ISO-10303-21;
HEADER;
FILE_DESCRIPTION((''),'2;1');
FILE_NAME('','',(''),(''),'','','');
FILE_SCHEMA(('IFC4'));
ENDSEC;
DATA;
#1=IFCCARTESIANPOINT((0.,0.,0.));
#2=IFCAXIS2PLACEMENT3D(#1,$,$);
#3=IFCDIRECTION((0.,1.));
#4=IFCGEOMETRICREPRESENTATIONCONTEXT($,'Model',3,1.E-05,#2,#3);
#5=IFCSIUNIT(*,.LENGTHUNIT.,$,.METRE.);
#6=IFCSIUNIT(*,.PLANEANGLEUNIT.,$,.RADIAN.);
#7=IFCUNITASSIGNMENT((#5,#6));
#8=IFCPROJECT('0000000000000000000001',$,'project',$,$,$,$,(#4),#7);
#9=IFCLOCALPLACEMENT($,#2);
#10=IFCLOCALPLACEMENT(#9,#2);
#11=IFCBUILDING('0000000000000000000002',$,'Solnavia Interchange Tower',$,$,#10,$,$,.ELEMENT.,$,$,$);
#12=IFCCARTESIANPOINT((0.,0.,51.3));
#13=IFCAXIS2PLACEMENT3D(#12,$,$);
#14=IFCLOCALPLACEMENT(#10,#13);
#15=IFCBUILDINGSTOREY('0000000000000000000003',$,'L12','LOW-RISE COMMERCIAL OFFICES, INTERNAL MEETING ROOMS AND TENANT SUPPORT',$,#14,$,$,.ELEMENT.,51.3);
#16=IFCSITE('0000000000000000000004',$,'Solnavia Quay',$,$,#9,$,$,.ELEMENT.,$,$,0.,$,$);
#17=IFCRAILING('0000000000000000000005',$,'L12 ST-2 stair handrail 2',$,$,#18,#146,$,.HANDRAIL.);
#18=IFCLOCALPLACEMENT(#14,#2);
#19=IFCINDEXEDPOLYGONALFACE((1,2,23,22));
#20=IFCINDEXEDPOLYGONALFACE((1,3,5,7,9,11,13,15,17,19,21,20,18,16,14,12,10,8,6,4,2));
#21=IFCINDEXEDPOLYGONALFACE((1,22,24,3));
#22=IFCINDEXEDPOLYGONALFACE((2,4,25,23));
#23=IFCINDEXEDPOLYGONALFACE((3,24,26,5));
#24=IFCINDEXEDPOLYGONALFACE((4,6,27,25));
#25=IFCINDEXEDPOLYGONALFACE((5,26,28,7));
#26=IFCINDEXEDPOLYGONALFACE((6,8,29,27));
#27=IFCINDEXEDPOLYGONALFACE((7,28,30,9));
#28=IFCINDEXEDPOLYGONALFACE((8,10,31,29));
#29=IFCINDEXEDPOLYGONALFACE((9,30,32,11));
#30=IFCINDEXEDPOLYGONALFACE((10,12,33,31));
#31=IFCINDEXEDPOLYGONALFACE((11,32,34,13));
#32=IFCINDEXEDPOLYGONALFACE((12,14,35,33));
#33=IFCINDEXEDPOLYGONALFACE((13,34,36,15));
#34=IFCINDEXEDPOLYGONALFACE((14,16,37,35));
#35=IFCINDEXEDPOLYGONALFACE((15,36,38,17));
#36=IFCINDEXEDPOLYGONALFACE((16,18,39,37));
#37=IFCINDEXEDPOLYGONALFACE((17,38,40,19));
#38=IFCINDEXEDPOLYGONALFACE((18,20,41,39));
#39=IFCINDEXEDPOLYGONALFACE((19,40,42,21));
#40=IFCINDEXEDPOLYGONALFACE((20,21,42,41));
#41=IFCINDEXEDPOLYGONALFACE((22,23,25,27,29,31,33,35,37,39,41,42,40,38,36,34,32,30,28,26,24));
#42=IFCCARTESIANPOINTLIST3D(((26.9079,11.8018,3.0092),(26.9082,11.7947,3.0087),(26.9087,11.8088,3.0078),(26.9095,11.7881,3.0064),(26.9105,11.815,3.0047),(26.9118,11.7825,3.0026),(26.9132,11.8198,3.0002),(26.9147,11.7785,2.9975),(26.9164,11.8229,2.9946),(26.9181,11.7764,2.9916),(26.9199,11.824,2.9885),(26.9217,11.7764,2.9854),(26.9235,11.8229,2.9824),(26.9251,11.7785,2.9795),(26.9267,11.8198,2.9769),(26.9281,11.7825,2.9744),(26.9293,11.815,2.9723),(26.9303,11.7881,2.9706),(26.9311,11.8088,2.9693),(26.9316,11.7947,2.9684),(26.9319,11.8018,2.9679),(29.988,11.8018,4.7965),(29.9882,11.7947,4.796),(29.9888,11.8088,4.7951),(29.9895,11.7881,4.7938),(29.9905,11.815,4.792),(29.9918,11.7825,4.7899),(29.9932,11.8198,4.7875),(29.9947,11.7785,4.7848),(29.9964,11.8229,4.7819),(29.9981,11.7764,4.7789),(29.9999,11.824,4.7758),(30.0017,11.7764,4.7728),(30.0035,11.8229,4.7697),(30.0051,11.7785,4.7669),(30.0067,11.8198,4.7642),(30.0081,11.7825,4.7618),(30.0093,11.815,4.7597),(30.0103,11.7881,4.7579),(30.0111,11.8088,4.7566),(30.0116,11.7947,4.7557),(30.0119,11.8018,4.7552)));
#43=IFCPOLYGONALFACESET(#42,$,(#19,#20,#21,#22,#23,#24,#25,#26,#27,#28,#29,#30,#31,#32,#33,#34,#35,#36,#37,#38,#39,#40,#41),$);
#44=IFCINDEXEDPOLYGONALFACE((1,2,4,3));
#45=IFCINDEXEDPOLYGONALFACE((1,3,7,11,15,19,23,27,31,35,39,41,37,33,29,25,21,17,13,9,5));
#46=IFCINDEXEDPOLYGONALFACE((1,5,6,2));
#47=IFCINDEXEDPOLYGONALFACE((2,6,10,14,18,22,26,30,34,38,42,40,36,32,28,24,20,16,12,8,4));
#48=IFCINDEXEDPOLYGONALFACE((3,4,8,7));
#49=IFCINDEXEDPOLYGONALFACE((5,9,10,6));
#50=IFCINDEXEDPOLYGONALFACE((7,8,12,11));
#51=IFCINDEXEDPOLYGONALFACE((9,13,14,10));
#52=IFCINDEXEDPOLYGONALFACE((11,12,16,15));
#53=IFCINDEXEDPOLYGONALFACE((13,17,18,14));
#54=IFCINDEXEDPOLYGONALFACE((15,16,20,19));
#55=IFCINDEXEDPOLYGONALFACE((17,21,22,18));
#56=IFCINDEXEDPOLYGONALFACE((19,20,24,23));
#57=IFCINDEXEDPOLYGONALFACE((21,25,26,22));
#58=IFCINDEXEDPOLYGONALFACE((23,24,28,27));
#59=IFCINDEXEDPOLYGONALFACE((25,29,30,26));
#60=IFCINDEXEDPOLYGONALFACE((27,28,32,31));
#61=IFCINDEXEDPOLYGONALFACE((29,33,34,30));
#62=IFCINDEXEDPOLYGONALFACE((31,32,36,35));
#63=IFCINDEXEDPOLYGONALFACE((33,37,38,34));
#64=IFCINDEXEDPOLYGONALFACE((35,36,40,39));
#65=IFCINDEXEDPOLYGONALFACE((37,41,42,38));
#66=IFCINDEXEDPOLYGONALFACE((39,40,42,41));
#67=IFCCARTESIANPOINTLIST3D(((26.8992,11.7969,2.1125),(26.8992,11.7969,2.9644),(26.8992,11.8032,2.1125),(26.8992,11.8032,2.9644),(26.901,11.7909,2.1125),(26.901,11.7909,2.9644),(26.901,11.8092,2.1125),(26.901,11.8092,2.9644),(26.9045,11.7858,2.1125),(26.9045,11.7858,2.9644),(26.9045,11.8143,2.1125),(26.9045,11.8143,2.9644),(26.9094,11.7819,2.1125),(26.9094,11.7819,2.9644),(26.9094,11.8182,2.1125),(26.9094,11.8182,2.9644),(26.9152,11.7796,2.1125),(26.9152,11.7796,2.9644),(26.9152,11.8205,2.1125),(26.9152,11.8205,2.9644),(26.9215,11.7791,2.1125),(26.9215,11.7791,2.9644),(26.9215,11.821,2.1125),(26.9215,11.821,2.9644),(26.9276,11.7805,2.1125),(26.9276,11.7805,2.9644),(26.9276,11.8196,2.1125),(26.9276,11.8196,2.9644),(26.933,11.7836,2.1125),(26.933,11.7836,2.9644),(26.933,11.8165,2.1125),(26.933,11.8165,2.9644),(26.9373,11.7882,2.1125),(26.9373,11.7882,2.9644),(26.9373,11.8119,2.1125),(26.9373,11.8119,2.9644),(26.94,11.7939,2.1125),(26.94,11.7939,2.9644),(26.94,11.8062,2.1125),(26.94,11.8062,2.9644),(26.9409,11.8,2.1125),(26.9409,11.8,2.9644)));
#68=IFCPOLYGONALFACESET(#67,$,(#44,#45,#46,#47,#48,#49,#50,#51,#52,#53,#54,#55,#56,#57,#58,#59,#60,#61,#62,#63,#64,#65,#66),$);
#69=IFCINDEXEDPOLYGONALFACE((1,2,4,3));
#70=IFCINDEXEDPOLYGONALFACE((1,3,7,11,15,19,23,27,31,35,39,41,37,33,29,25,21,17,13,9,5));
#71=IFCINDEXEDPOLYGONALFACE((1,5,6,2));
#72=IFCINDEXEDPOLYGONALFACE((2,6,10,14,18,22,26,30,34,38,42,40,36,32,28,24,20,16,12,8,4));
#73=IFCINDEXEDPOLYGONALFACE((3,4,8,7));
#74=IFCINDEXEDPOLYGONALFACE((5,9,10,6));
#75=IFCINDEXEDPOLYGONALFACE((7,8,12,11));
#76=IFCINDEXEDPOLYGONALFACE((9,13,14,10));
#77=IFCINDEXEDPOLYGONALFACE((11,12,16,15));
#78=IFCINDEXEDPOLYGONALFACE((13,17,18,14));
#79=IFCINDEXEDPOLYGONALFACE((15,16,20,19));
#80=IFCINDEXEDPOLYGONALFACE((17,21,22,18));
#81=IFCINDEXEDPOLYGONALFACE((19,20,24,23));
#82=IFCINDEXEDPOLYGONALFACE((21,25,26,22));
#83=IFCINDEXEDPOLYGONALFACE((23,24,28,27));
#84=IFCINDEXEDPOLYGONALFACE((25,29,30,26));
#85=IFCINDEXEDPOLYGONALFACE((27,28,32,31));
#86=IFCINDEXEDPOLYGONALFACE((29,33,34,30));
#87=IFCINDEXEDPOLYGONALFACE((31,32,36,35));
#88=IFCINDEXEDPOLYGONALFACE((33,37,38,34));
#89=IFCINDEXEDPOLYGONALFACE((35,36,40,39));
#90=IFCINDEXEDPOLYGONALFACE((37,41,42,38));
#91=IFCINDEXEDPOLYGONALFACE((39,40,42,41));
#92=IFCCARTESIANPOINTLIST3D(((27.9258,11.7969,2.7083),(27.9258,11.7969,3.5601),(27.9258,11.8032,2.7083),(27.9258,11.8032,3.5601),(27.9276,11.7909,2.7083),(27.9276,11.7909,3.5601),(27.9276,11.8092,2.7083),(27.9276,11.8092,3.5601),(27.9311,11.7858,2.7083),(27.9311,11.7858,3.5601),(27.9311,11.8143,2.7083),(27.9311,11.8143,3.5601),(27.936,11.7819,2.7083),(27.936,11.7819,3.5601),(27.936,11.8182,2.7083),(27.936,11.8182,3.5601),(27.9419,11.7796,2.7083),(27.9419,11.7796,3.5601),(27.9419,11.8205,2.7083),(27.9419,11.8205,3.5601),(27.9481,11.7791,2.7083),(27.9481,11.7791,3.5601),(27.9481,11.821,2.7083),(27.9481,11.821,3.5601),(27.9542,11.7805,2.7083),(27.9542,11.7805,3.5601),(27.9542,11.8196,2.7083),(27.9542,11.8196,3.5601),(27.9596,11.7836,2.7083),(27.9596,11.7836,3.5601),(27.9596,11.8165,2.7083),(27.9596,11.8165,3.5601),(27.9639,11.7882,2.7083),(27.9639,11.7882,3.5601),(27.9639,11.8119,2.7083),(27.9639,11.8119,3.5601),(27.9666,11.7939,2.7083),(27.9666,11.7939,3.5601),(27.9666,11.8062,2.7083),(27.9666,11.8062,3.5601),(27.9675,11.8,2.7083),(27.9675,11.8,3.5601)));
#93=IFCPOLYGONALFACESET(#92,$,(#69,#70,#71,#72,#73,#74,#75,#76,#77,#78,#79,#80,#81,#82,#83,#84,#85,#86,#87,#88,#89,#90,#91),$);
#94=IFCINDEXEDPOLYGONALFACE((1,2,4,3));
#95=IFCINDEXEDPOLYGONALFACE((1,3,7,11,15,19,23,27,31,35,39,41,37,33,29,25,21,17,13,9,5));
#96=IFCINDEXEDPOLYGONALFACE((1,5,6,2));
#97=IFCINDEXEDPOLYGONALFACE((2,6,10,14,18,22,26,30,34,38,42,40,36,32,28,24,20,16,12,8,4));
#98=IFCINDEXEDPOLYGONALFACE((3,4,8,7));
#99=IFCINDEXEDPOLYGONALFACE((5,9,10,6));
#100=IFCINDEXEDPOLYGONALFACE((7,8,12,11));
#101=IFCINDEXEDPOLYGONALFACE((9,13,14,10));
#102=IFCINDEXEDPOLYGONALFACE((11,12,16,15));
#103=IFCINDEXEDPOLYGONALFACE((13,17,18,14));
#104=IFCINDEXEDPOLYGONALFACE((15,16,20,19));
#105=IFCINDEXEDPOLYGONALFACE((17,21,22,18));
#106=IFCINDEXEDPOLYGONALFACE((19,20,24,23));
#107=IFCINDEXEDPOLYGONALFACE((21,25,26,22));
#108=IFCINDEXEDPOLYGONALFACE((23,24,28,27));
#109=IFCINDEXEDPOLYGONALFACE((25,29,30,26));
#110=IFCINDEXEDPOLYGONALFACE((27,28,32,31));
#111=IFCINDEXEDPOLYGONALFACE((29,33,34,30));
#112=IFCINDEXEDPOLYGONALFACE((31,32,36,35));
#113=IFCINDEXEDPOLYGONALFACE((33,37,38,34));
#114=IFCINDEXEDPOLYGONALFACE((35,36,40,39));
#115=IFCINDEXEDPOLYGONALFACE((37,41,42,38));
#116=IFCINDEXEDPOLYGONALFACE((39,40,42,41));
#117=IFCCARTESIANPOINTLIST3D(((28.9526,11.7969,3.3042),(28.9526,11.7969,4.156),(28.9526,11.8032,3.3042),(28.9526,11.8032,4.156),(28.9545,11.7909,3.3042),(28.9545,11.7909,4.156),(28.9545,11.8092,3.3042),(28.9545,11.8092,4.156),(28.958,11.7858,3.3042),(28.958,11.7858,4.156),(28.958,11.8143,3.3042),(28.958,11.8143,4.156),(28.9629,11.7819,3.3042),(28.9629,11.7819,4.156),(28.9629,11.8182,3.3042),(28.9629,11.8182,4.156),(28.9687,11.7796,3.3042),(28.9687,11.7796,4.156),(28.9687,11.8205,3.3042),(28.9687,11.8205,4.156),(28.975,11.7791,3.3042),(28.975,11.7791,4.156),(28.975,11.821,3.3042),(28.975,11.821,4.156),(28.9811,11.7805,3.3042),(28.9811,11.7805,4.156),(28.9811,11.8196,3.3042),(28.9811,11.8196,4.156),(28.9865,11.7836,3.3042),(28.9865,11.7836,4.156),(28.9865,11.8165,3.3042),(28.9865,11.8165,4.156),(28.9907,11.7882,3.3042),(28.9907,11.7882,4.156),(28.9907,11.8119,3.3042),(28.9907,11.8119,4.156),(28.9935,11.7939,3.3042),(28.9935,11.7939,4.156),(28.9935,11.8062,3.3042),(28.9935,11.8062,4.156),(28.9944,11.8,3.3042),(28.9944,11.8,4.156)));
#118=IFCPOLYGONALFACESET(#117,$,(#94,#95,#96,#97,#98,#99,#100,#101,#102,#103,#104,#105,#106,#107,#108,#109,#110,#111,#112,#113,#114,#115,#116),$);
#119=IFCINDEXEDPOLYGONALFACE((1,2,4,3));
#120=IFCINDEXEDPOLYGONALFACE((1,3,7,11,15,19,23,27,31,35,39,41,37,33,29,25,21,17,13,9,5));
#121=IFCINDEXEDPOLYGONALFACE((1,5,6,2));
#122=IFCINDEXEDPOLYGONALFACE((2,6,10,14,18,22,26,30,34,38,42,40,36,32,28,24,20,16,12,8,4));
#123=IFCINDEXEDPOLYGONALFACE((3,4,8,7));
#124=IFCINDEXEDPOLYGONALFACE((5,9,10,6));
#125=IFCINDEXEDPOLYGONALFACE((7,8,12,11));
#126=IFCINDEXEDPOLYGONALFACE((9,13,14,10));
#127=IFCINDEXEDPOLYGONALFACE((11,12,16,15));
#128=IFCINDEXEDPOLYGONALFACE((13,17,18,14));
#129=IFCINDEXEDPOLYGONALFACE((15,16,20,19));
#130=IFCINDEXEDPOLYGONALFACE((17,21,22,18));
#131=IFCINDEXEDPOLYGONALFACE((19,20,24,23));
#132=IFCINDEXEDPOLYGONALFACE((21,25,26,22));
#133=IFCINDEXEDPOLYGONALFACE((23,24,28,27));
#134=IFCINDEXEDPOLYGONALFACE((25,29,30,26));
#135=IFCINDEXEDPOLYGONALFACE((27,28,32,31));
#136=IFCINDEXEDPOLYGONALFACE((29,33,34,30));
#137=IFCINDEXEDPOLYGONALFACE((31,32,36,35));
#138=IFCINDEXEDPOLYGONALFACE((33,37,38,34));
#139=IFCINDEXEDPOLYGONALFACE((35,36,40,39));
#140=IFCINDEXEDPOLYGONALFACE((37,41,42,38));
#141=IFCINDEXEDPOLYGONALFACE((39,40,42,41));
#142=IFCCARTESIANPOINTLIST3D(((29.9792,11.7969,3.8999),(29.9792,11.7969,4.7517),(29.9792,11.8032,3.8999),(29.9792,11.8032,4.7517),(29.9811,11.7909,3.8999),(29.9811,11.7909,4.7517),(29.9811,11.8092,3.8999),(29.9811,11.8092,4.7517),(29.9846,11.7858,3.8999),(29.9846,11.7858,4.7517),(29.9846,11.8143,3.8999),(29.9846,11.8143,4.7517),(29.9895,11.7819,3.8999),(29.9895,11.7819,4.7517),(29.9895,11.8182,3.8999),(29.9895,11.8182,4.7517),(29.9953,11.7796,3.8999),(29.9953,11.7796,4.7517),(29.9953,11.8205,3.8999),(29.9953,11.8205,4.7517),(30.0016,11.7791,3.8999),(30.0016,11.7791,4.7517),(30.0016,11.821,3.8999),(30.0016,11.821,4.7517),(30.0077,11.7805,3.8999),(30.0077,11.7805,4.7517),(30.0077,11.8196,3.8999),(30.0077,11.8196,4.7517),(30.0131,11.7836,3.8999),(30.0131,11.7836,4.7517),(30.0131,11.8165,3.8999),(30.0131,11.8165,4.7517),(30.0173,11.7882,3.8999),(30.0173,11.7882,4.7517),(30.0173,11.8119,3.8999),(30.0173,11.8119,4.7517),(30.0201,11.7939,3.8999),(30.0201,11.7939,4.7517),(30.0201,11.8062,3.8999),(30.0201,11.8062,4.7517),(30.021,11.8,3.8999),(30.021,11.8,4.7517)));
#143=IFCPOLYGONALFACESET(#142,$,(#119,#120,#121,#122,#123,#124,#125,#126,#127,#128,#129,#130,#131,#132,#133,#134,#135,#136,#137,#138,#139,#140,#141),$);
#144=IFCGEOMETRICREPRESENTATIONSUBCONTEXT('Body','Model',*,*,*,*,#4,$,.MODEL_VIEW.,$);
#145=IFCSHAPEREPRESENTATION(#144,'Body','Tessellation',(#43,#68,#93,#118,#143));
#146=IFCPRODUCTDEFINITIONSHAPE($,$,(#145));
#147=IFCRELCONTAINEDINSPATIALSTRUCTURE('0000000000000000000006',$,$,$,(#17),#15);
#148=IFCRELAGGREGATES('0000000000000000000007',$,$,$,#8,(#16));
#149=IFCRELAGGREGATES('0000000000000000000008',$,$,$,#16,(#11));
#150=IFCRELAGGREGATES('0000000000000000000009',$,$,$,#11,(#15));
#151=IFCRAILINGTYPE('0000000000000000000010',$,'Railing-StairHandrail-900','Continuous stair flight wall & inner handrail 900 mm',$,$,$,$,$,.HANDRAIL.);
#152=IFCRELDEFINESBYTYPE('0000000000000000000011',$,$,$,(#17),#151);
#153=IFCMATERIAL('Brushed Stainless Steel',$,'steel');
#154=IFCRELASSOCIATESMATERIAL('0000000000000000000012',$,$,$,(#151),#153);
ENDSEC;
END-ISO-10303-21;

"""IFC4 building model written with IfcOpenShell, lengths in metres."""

from ifc_helpers import new_model, si_unit, direction, frame, origin, origin_2d, place, context, subcontext, project, spatial, circle, extrude, material, type_object, element, save


model = new_model("IFC4")

# Units and contexts
model_context = context("Model", 3, precision=1e-05, world=origin(), true_north=direction((0.0, 1.0)))
body_context = subcontext(model_context, "Body", "Model", "MODEL_VIEW")
ifc_project = project(units=[si_unit("LENGTHUNIT", "METRE"), si_unit("PLANEANGLEUNIT", "RADIAN")], contexts=[model_context])

# Site, building, storey
site_placement = place(None, origin())
site = spatial("IfcSite", under=ifc_project, at=site_placement, Name="Solnavia Quay", CompositionType="ELEMENT", RefElevation=0.0)
building_placement = place(site_placement, origin())
building = spatial("IfcBuilding", under=site, at=building_placement, Name="Solnavia Interchange Tower", CompositionType="ELEMENT")
storey_placement = place(building_placement, frame((0.0, 0.0, 51.3)))
storey = spatial("IfcBuildingStorey", under=building, at=storey_placement, Name="L12", Description="LOW-RISE COMMERCIAL OFFICES, INTERNAL MEETING ROOMS AND TENANT SUPPORT", CompositionType="ELEMENT", Elevation=51.3)

# Railing
ifc_material_1 = material(Name="Brushed Stainless Steel", Category="steel")
railing_type_1 = type_object("IfcRailingType", Name="Railing-StairHandrail-900", Description="Continuous stair flight wall & inner handrail 900 mm", PredefinedType="HANDRAIL", material=ifc_material_1)
railing_1_placement = place(storey_placement, frame((26.9199, 11.8, 2.1125)))
element("IfcRailing", 1, at=railing_1_placement, inside=storey, type_object=railing_type_1, Name="L12 ST-2 stair handrail 2", PredefinedType="HANDRAIL", context=body_context, shape_type="SweptSolid", body=[
    extrude(circle(Radius=0.0239, at=origin_2d()), frame((0.0, 0.0, 0.876), z_axis=(0.86492, 0.0, 0.501909), x_axis=(0.0, 1.0, 0.0)), (0.0, 0.0, 1.0), 3.561),
    extrude(circle(Radius=0.021, at=origin_2d()), origin(), (0.0, 0.0, 1.0), 0.8518),
    extrude(circle(Radius=0.021, at=origin_2d()), frame((1.0266, 0.0, 0.5957)), (0.0, 0.0, 1.0), 0.8518),
    extrude(circle(Radius=0.021, at=origin_2d()), frame((2.0535, 0.0, 1.1917)), (0.0, 0.0, 1.0), 0.8518),
    extrude(circle(Radius=0.021, at=origin_2d()), frame((3.0801, 0.0, 1.7874)), (0.0, 0.0, 1.0), 0.8518),
])

save(model, "model.ifc")
